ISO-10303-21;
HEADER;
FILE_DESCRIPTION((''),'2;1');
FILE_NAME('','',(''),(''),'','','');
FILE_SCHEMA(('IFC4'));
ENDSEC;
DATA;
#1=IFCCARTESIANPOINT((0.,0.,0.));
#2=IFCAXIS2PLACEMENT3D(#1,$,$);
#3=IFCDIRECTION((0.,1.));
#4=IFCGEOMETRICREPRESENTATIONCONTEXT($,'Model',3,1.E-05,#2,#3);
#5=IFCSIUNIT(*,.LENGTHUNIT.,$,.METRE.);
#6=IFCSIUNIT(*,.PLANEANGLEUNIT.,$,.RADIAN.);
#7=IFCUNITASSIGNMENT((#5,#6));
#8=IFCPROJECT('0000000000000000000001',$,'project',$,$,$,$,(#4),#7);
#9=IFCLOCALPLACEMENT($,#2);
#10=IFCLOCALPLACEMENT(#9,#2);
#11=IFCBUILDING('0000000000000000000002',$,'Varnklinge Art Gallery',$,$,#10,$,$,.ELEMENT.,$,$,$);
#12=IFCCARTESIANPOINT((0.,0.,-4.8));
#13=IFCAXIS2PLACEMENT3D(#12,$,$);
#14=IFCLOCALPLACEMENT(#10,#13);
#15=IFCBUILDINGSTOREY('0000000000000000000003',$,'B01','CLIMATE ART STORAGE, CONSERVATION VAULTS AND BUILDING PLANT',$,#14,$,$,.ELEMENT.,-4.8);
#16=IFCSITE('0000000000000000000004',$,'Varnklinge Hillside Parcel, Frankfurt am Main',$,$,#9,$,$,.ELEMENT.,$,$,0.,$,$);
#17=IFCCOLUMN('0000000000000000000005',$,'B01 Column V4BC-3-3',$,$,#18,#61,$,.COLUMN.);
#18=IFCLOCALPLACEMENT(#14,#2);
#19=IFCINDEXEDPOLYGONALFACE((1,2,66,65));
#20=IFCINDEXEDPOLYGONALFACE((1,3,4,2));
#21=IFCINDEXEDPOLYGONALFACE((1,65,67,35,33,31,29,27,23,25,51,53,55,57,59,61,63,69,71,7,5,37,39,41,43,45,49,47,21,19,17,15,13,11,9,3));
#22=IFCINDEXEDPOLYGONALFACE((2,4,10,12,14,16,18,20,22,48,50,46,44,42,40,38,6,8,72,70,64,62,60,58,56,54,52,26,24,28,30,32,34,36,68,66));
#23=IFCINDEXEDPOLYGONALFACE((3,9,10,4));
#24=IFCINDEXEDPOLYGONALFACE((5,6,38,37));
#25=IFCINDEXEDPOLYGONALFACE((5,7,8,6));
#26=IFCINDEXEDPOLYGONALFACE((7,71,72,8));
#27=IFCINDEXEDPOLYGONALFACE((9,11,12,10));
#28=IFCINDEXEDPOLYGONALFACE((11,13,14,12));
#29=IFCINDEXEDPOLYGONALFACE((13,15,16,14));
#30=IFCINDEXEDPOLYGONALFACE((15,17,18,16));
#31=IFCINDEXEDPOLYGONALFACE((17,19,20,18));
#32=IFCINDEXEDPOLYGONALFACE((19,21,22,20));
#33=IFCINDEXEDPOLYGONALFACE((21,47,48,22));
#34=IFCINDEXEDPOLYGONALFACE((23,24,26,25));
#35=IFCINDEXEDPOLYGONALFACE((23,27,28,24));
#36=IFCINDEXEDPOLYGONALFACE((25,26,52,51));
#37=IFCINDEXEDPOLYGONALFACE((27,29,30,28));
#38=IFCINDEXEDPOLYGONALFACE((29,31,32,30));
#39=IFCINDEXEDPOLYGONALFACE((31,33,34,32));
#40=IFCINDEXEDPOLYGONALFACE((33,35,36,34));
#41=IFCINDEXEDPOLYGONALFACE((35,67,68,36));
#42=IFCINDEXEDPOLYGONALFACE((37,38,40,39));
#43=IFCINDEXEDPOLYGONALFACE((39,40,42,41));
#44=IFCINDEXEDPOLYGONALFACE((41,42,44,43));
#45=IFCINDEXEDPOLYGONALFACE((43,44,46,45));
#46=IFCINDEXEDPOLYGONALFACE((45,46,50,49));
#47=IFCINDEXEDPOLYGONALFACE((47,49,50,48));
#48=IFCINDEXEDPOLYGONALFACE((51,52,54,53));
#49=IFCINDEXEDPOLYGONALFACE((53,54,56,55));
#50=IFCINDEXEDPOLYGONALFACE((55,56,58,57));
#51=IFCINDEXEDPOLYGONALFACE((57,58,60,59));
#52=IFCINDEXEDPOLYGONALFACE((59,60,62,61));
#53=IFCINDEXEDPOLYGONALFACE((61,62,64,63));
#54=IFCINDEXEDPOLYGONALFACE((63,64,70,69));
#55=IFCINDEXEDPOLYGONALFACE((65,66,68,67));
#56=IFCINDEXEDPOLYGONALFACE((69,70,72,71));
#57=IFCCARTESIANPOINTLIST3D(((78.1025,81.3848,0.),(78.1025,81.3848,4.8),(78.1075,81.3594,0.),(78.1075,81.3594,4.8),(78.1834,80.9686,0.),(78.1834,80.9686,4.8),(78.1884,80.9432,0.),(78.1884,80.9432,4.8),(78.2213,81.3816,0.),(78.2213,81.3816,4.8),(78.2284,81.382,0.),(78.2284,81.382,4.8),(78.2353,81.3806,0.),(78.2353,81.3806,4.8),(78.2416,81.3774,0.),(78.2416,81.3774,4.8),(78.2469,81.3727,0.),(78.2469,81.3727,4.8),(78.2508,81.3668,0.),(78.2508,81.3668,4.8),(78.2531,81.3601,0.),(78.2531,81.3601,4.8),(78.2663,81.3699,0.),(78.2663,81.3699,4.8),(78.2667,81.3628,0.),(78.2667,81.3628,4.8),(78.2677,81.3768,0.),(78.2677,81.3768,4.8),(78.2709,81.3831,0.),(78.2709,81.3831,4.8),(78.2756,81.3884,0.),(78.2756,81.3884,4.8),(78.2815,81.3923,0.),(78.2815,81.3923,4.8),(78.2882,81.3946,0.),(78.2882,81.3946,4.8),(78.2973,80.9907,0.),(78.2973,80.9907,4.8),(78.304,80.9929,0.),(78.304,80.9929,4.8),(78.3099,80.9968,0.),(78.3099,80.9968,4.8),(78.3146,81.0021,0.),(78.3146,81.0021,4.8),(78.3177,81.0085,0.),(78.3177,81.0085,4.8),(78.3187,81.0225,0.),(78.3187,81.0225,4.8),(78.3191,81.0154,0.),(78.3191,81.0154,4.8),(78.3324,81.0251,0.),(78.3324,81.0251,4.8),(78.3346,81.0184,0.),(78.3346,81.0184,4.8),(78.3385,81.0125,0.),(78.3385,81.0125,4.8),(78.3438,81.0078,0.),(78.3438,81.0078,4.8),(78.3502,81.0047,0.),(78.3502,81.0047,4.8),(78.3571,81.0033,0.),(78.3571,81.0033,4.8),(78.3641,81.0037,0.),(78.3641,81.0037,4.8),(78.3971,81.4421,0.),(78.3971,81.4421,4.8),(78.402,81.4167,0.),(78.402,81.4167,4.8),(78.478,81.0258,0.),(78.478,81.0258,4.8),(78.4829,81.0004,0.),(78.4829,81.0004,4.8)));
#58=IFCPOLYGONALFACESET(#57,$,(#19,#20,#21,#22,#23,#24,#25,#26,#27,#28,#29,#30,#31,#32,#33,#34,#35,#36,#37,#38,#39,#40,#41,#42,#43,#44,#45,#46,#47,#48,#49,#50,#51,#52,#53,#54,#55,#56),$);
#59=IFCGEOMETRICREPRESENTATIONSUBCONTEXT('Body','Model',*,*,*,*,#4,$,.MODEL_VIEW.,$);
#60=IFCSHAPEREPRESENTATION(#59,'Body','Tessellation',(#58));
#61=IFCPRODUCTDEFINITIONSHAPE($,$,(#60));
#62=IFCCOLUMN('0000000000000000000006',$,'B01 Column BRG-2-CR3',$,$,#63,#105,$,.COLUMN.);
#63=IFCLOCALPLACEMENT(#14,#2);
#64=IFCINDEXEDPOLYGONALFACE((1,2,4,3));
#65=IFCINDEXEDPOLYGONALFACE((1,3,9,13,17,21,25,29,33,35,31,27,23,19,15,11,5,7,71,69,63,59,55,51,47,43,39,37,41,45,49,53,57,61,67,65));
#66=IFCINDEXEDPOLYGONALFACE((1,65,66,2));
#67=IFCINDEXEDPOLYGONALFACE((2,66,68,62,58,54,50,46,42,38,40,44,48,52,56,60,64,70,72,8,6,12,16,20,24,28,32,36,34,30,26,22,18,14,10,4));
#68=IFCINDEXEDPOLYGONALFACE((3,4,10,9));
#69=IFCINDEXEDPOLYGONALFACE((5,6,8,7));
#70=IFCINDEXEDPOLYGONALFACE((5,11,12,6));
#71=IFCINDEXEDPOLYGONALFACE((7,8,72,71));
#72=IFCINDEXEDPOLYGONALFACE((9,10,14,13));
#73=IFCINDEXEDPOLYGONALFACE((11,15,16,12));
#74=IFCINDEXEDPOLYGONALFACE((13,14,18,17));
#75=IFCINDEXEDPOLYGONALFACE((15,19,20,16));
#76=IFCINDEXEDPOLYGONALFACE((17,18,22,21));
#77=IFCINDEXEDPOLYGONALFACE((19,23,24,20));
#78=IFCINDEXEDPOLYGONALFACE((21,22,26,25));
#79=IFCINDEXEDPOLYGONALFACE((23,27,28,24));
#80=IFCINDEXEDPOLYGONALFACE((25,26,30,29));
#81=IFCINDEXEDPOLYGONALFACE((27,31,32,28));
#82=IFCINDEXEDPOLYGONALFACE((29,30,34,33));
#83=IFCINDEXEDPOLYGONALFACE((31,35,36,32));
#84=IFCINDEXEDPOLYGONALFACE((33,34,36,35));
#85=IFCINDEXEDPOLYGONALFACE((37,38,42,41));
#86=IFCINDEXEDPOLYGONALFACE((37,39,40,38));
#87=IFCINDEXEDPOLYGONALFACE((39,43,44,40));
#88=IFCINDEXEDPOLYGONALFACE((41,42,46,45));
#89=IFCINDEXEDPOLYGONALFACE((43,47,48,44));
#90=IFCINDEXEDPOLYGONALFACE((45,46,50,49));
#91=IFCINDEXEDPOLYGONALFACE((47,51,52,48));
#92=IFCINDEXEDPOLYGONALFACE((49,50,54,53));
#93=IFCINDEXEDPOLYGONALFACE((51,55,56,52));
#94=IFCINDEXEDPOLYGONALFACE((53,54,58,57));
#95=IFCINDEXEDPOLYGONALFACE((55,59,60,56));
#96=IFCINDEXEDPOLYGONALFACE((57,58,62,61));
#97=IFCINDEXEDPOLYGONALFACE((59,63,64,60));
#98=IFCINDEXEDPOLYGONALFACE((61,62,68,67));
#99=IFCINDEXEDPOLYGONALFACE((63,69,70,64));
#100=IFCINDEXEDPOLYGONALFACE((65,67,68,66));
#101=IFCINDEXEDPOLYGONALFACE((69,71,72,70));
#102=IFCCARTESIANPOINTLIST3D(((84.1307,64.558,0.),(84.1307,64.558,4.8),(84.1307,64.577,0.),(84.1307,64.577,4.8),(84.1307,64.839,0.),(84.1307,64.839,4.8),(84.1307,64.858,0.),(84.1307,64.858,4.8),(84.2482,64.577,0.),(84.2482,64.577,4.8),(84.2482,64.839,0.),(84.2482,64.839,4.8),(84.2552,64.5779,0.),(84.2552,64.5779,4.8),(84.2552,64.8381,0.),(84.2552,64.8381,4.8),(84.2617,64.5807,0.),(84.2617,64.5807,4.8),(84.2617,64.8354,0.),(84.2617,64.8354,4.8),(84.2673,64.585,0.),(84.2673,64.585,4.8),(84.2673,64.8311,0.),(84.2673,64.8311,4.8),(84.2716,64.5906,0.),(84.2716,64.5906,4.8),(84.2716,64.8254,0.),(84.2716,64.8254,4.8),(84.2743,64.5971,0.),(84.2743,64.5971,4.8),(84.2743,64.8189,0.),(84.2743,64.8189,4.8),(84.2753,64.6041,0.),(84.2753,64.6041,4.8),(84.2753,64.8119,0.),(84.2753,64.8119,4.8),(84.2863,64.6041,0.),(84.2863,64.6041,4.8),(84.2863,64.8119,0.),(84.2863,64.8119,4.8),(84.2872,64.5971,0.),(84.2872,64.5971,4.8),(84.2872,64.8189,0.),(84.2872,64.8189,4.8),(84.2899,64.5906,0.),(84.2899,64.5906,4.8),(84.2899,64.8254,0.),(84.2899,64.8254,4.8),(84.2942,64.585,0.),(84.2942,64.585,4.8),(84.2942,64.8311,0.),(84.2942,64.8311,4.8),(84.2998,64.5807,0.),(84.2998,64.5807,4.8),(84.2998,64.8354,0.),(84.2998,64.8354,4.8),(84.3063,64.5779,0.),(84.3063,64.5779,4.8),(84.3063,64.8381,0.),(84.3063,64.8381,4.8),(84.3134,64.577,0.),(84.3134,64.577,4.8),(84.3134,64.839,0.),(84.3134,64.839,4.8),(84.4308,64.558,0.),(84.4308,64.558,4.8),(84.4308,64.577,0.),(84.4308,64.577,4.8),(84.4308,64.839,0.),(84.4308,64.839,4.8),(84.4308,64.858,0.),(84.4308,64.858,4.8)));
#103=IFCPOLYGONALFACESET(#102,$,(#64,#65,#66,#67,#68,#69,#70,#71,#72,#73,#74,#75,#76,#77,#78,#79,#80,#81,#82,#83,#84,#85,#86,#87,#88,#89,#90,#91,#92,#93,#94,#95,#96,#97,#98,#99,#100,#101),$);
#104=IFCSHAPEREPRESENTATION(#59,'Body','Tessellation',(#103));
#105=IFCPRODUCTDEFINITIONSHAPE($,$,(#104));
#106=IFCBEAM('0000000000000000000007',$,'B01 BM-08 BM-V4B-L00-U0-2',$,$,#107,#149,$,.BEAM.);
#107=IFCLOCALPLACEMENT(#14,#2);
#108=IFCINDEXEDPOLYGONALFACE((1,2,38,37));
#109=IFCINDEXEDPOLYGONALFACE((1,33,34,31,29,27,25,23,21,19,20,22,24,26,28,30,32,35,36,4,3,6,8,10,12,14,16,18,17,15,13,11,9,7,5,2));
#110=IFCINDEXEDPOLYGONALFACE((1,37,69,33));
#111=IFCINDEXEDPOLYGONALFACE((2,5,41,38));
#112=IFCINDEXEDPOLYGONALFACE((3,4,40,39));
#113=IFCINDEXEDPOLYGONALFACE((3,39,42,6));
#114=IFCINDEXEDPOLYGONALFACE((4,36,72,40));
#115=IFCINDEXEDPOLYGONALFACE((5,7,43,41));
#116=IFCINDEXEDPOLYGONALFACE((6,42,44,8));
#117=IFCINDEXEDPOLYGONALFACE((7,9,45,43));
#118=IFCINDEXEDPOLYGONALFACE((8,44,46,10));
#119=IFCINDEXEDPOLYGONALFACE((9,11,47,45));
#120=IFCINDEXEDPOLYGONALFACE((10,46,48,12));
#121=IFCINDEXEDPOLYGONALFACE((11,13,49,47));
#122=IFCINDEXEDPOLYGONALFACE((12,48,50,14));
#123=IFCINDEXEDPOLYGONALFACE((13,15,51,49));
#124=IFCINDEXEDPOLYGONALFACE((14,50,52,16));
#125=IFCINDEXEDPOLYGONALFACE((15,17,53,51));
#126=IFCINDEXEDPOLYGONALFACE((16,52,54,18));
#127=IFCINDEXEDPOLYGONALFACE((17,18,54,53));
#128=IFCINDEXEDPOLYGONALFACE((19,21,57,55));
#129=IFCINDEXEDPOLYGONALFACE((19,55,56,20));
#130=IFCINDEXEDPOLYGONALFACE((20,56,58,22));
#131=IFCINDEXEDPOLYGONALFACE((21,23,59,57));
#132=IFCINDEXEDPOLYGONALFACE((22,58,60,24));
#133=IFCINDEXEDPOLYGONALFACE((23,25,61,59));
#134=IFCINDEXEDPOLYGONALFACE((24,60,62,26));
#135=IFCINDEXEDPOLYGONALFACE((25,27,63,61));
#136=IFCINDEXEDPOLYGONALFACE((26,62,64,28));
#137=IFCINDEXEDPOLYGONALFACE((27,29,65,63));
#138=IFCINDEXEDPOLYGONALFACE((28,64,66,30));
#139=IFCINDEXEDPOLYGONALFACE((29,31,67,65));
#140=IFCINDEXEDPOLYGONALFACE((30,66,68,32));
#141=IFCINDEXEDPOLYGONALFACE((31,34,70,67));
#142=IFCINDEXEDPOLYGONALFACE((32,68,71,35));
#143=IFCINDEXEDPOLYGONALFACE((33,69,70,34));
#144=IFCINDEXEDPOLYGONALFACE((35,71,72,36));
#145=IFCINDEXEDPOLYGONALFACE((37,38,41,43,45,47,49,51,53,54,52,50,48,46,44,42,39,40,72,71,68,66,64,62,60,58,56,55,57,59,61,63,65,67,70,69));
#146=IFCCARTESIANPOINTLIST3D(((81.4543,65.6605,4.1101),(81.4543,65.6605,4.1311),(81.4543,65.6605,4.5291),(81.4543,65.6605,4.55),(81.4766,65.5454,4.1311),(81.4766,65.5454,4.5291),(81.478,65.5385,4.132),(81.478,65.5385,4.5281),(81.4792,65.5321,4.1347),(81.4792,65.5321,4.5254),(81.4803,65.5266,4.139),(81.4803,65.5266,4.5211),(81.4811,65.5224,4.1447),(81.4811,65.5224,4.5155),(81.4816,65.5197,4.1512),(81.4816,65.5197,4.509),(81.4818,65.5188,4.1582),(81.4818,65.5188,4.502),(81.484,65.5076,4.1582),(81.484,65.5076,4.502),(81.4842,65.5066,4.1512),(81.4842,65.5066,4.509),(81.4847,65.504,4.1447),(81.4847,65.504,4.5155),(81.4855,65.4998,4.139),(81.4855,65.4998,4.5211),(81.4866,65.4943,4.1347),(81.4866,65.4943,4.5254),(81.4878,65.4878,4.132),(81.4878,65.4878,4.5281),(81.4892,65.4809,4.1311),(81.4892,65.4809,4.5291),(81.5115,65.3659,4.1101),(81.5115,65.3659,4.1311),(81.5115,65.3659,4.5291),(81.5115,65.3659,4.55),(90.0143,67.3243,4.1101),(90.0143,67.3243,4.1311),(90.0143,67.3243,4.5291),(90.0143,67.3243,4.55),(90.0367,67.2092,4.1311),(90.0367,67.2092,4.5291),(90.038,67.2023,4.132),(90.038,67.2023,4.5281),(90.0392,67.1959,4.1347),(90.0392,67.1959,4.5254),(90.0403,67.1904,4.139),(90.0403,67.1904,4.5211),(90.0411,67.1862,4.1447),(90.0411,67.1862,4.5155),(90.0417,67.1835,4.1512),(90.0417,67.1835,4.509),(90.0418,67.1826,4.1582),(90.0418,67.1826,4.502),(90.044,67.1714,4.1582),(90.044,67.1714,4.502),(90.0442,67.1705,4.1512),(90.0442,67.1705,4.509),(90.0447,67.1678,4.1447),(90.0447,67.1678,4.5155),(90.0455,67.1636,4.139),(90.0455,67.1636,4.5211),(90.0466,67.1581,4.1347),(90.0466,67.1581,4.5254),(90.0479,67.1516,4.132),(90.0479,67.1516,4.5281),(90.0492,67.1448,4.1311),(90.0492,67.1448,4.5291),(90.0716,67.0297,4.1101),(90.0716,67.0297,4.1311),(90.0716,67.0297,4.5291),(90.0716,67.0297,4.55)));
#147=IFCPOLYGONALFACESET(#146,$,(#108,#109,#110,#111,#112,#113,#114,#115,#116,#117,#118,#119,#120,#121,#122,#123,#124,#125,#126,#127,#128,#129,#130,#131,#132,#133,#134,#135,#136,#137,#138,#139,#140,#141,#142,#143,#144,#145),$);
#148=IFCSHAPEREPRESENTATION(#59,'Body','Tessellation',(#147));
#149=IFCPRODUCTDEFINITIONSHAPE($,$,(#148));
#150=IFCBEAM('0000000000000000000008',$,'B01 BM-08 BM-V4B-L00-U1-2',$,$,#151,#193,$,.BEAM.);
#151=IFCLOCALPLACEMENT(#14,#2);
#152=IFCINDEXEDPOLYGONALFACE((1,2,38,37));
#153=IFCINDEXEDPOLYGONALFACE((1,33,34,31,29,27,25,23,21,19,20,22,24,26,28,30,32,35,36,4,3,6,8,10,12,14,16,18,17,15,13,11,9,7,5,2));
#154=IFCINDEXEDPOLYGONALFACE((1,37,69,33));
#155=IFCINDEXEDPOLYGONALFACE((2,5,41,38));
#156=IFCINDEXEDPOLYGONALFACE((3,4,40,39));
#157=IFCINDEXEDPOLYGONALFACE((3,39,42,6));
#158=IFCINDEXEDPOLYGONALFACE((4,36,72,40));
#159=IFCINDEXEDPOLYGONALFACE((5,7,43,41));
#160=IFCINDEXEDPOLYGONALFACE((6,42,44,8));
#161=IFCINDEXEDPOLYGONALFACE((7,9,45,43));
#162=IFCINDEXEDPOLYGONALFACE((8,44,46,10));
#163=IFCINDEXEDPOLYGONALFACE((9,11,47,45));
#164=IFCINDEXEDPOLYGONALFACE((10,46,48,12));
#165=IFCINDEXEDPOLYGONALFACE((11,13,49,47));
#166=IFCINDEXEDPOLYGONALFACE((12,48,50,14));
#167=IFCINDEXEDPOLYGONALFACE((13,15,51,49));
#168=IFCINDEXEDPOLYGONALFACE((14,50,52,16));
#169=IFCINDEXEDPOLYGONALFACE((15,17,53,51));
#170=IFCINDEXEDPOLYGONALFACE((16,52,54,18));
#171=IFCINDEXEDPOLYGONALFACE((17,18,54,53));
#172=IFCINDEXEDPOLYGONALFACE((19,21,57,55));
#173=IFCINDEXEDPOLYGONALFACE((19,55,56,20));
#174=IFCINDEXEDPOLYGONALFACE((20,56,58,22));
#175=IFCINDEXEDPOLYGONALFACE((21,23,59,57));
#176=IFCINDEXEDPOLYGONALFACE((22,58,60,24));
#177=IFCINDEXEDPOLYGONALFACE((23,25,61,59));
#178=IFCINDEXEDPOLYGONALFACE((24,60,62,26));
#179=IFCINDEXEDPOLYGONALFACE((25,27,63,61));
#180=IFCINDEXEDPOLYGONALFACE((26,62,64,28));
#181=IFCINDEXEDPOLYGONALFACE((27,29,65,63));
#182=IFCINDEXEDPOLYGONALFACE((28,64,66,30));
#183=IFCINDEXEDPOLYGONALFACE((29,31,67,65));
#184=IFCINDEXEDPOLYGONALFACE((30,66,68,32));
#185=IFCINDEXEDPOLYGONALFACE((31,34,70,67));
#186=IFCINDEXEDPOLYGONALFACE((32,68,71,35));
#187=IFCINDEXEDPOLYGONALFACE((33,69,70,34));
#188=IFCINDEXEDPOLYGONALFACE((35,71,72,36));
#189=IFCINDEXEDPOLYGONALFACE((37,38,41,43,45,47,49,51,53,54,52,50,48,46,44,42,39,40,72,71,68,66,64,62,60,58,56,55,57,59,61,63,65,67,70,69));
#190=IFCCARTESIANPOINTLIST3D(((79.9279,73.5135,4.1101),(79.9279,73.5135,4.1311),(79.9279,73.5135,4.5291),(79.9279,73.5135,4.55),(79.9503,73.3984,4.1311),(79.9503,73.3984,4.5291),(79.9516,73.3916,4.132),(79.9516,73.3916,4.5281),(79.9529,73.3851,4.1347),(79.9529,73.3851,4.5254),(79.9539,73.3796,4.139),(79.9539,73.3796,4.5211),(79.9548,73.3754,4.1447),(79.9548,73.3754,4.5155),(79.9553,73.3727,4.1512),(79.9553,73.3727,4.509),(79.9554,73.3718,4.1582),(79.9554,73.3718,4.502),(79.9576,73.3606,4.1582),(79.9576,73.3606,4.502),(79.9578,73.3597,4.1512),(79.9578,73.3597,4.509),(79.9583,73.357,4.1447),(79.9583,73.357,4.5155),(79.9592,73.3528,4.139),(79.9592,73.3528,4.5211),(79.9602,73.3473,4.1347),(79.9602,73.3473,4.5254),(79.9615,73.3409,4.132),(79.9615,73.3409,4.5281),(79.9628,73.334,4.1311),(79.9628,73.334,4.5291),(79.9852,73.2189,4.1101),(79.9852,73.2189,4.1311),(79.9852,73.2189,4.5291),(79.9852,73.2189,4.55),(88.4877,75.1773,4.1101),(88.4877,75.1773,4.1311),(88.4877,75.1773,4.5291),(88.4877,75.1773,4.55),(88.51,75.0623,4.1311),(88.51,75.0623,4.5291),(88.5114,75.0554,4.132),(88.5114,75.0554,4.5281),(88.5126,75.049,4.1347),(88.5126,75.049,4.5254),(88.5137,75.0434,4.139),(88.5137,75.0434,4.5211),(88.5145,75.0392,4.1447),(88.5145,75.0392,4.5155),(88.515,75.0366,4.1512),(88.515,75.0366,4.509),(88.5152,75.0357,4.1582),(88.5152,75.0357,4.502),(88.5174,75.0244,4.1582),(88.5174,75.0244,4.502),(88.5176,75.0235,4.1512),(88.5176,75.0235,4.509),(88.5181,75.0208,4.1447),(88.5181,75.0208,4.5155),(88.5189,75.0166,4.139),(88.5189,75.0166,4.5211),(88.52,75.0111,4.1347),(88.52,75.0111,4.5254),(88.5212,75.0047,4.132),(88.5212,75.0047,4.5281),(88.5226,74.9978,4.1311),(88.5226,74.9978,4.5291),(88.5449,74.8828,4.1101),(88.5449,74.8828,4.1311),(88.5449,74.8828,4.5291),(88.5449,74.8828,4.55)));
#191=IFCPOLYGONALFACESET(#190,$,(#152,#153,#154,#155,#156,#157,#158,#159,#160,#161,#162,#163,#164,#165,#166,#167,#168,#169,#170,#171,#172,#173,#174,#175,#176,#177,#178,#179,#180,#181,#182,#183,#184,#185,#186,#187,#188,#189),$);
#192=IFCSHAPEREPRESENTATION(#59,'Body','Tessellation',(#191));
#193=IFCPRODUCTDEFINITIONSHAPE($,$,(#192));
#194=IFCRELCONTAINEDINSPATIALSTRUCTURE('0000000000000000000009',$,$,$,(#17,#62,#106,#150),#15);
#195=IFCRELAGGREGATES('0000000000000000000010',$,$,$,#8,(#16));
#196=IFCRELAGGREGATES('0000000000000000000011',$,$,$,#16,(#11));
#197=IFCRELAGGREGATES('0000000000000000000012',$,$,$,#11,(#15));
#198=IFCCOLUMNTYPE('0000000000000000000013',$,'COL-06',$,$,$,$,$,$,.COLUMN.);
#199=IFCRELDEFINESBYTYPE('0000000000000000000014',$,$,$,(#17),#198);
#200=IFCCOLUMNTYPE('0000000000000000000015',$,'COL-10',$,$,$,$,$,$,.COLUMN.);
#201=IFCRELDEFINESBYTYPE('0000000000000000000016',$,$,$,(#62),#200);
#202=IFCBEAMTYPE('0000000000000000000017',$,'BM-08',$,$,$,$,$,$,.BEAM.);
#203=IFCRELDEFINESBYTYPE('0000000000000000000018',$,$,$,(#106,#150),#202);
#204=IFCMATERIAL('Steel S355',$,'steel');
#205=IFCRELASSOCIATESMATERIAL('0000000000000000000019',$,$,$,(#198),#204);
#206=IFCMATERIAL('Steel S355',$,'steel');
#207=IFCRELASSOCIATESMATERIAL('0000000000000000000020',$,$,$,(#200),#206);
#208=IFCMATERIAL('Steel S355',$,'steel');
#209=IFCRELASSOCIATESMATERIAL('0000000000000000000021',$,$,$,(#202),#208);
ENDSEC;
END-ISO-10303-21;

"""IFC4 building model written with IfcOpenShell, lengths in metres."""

from ifc_helpers import new_model, si_unit, direction, frame, origin, origin_2d, place, context, subcontext, project, spatial, i_section, extrude, material, material_profile, profile_set, type_object, element, save


model = new_model("IFC4")

# Units and contexts
model_context = context("Model", 3, precision=1e-05, world=origin(), true_north=direction((0.0, 1.0)))
body_context = subcontext(model_context, "Body", "Model", "MODEL_VIEW")
ifc_project = project(units=[si_unit("LENGTHUNIT", "METRE"), si_unit("PLANEANGLEUNIT", "RADIAN")], contexts=[model_context])

# Site, building, storey
site_placement = place(None, origin())
site = spatial("IfcSite", under=ifc_project, at=site_placement, Name="Varnklinge Hillside Parcel, Frankfurt am Main", CompositionType="ELEMENT", RefElevation=0.0)
building_placement = place(site_placement, origin())
building = spatial("IfcBuilding", under=site, at=building_placement, Name="Varnklinge Art Gallery", CompositionType="ELEMENT")
storey_placement = place(building_placement, frame((0.0, 0.0, -4.8)))
storey = spatial("IfcBuildingStorey", under=building, at=storey_placement, Name="B01", Description="CLIMATE ART STORAGE, CONSERVATION VAULTS AND BUILDING PLANT", CompositionType="ELEMENT", Elevation=-4.8)

# Columns
ifc_material_1 = material(Name="Steel S355", Category="steel")
ifc_material_profile_1 = material_profile(ifc_material_1, i_section(OverallWidth=0.3, OverallDepth=0.45, WebThickness=0.0139, FlangeThickness=0.0259, FilletRadius=0.0271, at=origin_2d()), Name="HEB 450")
ifc_profile_set_1 = profile_set([ifc_material_profile_1], Name="Steel S355")
column_type_1 = type_object("IfcColumnType", Name="COL-06", PredefinedType="COLUMN", material=ifc_profile_set_1)
for number, where, z_axis, x_axis, name in (
    (1, (78.2927, 81.1926, 0.0), (0.0, 0.0, 1.0), (0.981627, 0.190809, 0.0), "B01 Column V4BC-3-3"),
):
    element("IfcColumn", number, at=place(storey_placement, frame(where, z_axis=z_axis, x_axis=x_axis)), inside=storey, type_object=column_type_1, Name=name, PredefinedType="COLUMN", context=body_context, shape_type="SweptSolid", body=[
        extrude(i_section(OverallWidth=0.3, OverallDepth=0.45, WebThickness=0.0139, FlangeThickness=0.0259, FilletRadius=0.0271, at=origin_2d()), origin(), (0.0, 0.0, 1.0), 4.8),
    ])
ifc_material_2 = material(Name="Steel S355", Category="steel")
ifc_material_profile_2 = material_profile(ifc_material_2, i_section(OverallWidth=0.3, OverallDepth=0.3, WebThickness=0.011, FlangeThickness=0.019, FilletRadius=0.0271, at=origin_2d()), Name="HEB 300")
ifc_profile_set_2 = profile_set([ifc_material_profile_2], Name="Steel S355")
column_type_2 = type_object("IfcColumnType", Name="COL-10", PredefinedType="COLUMN", material=ifc_profile_set_2)
column_placement = place(storey_placement, frame((84.2808, 64.708, 0.0), z_axis=(0.0, 0.0, 1.0), x_axis=(1.0, 0.0, 0.0)))
element("IfcColumn", 2, at=column_placement, inside=storey, type_object=column_type_2, Name="B01 Column BRG-2-CR3", PredefinedType="COLUMN", context=body_context, shape_type="SweptSolid", body=[
    extrude(i_section(OverallWidth=0.3, OverallDepth=0.3, WebThickness=0.011, FlangeThickness=0.019, FilletRadius=0.0271, at=origin_2d()), origin(), (0.0, 0.0, 1.0), 4.8),
])

# Beams
ifc_material_3 = material(Name="Steel S355", Category="steel")
ifc_material_profile_3 = material_profile(ifc_material_3, i_section(OverallWidth=0.3, OverallDepth=0.4399, WebThickness=0.0115, FlangeThickness=0.021, FilletRadius=0.0271, at=origin_2d()), Name="HEA 450")
ifc_profile_set_3 = profile_set([ifc_material_profile_3], Name="Steel S355")
beam_type_1 = type_object("IfcBeamType", Name="BM-08", PredefinedType="BEAM", material=ifc_profile_set_3)
beam_1_placement = place(storey_placement, frame((81.4829, 65.5132, 4.3301), z_axis=(0.981629, 0.190799, 0.0), x_axis=(-0.190799, 0.981629, 0.0)))
element("IfcBeam", 3, at=beam_1_placement, inside=storey, type_object=beam_type_1, Name="B01 BM-08 BM-V4B-L00-U0-2", PredefinedType="BEAM", context=body_context, shape_type="SweptSolid", body=[
    extrude(i_section(OverallWidth=0.3, OverallDepth=0.4399, WebThickness=0.0115, FlangeThickness=0.021, FilletRadius=0.0271, at=origin_2d()), origin(), (0.0, 0.0, 1.0), 8.7202),
])
beam_2_placement = place(storey_placement, frame((79.9565, 73.3662, 4.3301), z_axis=(0.981628, 0.190804, 0.0), x_axis=(-0.190804, 0.981628, 0.0)))
element("IfcBeam", 4, at=beam_2_placement, inside=storey, type_object=beam_type_1, Name="B01 BM-08 BM-V4B-L00-U1-2", PredefinedType="BEAM", context=body_context, shape_type="SweptSolid", body=[
    extrude(i_section(OverallWidth=0.3, OverallDepth=0.4399, WebThickness=0.0115, FlangeThickness=0.021, FilletRadius=0.0271, at=origin_2d()), origin(), (0.0, 0.0, 1.0), 8.72),
])

save(model, "model.ifc")
